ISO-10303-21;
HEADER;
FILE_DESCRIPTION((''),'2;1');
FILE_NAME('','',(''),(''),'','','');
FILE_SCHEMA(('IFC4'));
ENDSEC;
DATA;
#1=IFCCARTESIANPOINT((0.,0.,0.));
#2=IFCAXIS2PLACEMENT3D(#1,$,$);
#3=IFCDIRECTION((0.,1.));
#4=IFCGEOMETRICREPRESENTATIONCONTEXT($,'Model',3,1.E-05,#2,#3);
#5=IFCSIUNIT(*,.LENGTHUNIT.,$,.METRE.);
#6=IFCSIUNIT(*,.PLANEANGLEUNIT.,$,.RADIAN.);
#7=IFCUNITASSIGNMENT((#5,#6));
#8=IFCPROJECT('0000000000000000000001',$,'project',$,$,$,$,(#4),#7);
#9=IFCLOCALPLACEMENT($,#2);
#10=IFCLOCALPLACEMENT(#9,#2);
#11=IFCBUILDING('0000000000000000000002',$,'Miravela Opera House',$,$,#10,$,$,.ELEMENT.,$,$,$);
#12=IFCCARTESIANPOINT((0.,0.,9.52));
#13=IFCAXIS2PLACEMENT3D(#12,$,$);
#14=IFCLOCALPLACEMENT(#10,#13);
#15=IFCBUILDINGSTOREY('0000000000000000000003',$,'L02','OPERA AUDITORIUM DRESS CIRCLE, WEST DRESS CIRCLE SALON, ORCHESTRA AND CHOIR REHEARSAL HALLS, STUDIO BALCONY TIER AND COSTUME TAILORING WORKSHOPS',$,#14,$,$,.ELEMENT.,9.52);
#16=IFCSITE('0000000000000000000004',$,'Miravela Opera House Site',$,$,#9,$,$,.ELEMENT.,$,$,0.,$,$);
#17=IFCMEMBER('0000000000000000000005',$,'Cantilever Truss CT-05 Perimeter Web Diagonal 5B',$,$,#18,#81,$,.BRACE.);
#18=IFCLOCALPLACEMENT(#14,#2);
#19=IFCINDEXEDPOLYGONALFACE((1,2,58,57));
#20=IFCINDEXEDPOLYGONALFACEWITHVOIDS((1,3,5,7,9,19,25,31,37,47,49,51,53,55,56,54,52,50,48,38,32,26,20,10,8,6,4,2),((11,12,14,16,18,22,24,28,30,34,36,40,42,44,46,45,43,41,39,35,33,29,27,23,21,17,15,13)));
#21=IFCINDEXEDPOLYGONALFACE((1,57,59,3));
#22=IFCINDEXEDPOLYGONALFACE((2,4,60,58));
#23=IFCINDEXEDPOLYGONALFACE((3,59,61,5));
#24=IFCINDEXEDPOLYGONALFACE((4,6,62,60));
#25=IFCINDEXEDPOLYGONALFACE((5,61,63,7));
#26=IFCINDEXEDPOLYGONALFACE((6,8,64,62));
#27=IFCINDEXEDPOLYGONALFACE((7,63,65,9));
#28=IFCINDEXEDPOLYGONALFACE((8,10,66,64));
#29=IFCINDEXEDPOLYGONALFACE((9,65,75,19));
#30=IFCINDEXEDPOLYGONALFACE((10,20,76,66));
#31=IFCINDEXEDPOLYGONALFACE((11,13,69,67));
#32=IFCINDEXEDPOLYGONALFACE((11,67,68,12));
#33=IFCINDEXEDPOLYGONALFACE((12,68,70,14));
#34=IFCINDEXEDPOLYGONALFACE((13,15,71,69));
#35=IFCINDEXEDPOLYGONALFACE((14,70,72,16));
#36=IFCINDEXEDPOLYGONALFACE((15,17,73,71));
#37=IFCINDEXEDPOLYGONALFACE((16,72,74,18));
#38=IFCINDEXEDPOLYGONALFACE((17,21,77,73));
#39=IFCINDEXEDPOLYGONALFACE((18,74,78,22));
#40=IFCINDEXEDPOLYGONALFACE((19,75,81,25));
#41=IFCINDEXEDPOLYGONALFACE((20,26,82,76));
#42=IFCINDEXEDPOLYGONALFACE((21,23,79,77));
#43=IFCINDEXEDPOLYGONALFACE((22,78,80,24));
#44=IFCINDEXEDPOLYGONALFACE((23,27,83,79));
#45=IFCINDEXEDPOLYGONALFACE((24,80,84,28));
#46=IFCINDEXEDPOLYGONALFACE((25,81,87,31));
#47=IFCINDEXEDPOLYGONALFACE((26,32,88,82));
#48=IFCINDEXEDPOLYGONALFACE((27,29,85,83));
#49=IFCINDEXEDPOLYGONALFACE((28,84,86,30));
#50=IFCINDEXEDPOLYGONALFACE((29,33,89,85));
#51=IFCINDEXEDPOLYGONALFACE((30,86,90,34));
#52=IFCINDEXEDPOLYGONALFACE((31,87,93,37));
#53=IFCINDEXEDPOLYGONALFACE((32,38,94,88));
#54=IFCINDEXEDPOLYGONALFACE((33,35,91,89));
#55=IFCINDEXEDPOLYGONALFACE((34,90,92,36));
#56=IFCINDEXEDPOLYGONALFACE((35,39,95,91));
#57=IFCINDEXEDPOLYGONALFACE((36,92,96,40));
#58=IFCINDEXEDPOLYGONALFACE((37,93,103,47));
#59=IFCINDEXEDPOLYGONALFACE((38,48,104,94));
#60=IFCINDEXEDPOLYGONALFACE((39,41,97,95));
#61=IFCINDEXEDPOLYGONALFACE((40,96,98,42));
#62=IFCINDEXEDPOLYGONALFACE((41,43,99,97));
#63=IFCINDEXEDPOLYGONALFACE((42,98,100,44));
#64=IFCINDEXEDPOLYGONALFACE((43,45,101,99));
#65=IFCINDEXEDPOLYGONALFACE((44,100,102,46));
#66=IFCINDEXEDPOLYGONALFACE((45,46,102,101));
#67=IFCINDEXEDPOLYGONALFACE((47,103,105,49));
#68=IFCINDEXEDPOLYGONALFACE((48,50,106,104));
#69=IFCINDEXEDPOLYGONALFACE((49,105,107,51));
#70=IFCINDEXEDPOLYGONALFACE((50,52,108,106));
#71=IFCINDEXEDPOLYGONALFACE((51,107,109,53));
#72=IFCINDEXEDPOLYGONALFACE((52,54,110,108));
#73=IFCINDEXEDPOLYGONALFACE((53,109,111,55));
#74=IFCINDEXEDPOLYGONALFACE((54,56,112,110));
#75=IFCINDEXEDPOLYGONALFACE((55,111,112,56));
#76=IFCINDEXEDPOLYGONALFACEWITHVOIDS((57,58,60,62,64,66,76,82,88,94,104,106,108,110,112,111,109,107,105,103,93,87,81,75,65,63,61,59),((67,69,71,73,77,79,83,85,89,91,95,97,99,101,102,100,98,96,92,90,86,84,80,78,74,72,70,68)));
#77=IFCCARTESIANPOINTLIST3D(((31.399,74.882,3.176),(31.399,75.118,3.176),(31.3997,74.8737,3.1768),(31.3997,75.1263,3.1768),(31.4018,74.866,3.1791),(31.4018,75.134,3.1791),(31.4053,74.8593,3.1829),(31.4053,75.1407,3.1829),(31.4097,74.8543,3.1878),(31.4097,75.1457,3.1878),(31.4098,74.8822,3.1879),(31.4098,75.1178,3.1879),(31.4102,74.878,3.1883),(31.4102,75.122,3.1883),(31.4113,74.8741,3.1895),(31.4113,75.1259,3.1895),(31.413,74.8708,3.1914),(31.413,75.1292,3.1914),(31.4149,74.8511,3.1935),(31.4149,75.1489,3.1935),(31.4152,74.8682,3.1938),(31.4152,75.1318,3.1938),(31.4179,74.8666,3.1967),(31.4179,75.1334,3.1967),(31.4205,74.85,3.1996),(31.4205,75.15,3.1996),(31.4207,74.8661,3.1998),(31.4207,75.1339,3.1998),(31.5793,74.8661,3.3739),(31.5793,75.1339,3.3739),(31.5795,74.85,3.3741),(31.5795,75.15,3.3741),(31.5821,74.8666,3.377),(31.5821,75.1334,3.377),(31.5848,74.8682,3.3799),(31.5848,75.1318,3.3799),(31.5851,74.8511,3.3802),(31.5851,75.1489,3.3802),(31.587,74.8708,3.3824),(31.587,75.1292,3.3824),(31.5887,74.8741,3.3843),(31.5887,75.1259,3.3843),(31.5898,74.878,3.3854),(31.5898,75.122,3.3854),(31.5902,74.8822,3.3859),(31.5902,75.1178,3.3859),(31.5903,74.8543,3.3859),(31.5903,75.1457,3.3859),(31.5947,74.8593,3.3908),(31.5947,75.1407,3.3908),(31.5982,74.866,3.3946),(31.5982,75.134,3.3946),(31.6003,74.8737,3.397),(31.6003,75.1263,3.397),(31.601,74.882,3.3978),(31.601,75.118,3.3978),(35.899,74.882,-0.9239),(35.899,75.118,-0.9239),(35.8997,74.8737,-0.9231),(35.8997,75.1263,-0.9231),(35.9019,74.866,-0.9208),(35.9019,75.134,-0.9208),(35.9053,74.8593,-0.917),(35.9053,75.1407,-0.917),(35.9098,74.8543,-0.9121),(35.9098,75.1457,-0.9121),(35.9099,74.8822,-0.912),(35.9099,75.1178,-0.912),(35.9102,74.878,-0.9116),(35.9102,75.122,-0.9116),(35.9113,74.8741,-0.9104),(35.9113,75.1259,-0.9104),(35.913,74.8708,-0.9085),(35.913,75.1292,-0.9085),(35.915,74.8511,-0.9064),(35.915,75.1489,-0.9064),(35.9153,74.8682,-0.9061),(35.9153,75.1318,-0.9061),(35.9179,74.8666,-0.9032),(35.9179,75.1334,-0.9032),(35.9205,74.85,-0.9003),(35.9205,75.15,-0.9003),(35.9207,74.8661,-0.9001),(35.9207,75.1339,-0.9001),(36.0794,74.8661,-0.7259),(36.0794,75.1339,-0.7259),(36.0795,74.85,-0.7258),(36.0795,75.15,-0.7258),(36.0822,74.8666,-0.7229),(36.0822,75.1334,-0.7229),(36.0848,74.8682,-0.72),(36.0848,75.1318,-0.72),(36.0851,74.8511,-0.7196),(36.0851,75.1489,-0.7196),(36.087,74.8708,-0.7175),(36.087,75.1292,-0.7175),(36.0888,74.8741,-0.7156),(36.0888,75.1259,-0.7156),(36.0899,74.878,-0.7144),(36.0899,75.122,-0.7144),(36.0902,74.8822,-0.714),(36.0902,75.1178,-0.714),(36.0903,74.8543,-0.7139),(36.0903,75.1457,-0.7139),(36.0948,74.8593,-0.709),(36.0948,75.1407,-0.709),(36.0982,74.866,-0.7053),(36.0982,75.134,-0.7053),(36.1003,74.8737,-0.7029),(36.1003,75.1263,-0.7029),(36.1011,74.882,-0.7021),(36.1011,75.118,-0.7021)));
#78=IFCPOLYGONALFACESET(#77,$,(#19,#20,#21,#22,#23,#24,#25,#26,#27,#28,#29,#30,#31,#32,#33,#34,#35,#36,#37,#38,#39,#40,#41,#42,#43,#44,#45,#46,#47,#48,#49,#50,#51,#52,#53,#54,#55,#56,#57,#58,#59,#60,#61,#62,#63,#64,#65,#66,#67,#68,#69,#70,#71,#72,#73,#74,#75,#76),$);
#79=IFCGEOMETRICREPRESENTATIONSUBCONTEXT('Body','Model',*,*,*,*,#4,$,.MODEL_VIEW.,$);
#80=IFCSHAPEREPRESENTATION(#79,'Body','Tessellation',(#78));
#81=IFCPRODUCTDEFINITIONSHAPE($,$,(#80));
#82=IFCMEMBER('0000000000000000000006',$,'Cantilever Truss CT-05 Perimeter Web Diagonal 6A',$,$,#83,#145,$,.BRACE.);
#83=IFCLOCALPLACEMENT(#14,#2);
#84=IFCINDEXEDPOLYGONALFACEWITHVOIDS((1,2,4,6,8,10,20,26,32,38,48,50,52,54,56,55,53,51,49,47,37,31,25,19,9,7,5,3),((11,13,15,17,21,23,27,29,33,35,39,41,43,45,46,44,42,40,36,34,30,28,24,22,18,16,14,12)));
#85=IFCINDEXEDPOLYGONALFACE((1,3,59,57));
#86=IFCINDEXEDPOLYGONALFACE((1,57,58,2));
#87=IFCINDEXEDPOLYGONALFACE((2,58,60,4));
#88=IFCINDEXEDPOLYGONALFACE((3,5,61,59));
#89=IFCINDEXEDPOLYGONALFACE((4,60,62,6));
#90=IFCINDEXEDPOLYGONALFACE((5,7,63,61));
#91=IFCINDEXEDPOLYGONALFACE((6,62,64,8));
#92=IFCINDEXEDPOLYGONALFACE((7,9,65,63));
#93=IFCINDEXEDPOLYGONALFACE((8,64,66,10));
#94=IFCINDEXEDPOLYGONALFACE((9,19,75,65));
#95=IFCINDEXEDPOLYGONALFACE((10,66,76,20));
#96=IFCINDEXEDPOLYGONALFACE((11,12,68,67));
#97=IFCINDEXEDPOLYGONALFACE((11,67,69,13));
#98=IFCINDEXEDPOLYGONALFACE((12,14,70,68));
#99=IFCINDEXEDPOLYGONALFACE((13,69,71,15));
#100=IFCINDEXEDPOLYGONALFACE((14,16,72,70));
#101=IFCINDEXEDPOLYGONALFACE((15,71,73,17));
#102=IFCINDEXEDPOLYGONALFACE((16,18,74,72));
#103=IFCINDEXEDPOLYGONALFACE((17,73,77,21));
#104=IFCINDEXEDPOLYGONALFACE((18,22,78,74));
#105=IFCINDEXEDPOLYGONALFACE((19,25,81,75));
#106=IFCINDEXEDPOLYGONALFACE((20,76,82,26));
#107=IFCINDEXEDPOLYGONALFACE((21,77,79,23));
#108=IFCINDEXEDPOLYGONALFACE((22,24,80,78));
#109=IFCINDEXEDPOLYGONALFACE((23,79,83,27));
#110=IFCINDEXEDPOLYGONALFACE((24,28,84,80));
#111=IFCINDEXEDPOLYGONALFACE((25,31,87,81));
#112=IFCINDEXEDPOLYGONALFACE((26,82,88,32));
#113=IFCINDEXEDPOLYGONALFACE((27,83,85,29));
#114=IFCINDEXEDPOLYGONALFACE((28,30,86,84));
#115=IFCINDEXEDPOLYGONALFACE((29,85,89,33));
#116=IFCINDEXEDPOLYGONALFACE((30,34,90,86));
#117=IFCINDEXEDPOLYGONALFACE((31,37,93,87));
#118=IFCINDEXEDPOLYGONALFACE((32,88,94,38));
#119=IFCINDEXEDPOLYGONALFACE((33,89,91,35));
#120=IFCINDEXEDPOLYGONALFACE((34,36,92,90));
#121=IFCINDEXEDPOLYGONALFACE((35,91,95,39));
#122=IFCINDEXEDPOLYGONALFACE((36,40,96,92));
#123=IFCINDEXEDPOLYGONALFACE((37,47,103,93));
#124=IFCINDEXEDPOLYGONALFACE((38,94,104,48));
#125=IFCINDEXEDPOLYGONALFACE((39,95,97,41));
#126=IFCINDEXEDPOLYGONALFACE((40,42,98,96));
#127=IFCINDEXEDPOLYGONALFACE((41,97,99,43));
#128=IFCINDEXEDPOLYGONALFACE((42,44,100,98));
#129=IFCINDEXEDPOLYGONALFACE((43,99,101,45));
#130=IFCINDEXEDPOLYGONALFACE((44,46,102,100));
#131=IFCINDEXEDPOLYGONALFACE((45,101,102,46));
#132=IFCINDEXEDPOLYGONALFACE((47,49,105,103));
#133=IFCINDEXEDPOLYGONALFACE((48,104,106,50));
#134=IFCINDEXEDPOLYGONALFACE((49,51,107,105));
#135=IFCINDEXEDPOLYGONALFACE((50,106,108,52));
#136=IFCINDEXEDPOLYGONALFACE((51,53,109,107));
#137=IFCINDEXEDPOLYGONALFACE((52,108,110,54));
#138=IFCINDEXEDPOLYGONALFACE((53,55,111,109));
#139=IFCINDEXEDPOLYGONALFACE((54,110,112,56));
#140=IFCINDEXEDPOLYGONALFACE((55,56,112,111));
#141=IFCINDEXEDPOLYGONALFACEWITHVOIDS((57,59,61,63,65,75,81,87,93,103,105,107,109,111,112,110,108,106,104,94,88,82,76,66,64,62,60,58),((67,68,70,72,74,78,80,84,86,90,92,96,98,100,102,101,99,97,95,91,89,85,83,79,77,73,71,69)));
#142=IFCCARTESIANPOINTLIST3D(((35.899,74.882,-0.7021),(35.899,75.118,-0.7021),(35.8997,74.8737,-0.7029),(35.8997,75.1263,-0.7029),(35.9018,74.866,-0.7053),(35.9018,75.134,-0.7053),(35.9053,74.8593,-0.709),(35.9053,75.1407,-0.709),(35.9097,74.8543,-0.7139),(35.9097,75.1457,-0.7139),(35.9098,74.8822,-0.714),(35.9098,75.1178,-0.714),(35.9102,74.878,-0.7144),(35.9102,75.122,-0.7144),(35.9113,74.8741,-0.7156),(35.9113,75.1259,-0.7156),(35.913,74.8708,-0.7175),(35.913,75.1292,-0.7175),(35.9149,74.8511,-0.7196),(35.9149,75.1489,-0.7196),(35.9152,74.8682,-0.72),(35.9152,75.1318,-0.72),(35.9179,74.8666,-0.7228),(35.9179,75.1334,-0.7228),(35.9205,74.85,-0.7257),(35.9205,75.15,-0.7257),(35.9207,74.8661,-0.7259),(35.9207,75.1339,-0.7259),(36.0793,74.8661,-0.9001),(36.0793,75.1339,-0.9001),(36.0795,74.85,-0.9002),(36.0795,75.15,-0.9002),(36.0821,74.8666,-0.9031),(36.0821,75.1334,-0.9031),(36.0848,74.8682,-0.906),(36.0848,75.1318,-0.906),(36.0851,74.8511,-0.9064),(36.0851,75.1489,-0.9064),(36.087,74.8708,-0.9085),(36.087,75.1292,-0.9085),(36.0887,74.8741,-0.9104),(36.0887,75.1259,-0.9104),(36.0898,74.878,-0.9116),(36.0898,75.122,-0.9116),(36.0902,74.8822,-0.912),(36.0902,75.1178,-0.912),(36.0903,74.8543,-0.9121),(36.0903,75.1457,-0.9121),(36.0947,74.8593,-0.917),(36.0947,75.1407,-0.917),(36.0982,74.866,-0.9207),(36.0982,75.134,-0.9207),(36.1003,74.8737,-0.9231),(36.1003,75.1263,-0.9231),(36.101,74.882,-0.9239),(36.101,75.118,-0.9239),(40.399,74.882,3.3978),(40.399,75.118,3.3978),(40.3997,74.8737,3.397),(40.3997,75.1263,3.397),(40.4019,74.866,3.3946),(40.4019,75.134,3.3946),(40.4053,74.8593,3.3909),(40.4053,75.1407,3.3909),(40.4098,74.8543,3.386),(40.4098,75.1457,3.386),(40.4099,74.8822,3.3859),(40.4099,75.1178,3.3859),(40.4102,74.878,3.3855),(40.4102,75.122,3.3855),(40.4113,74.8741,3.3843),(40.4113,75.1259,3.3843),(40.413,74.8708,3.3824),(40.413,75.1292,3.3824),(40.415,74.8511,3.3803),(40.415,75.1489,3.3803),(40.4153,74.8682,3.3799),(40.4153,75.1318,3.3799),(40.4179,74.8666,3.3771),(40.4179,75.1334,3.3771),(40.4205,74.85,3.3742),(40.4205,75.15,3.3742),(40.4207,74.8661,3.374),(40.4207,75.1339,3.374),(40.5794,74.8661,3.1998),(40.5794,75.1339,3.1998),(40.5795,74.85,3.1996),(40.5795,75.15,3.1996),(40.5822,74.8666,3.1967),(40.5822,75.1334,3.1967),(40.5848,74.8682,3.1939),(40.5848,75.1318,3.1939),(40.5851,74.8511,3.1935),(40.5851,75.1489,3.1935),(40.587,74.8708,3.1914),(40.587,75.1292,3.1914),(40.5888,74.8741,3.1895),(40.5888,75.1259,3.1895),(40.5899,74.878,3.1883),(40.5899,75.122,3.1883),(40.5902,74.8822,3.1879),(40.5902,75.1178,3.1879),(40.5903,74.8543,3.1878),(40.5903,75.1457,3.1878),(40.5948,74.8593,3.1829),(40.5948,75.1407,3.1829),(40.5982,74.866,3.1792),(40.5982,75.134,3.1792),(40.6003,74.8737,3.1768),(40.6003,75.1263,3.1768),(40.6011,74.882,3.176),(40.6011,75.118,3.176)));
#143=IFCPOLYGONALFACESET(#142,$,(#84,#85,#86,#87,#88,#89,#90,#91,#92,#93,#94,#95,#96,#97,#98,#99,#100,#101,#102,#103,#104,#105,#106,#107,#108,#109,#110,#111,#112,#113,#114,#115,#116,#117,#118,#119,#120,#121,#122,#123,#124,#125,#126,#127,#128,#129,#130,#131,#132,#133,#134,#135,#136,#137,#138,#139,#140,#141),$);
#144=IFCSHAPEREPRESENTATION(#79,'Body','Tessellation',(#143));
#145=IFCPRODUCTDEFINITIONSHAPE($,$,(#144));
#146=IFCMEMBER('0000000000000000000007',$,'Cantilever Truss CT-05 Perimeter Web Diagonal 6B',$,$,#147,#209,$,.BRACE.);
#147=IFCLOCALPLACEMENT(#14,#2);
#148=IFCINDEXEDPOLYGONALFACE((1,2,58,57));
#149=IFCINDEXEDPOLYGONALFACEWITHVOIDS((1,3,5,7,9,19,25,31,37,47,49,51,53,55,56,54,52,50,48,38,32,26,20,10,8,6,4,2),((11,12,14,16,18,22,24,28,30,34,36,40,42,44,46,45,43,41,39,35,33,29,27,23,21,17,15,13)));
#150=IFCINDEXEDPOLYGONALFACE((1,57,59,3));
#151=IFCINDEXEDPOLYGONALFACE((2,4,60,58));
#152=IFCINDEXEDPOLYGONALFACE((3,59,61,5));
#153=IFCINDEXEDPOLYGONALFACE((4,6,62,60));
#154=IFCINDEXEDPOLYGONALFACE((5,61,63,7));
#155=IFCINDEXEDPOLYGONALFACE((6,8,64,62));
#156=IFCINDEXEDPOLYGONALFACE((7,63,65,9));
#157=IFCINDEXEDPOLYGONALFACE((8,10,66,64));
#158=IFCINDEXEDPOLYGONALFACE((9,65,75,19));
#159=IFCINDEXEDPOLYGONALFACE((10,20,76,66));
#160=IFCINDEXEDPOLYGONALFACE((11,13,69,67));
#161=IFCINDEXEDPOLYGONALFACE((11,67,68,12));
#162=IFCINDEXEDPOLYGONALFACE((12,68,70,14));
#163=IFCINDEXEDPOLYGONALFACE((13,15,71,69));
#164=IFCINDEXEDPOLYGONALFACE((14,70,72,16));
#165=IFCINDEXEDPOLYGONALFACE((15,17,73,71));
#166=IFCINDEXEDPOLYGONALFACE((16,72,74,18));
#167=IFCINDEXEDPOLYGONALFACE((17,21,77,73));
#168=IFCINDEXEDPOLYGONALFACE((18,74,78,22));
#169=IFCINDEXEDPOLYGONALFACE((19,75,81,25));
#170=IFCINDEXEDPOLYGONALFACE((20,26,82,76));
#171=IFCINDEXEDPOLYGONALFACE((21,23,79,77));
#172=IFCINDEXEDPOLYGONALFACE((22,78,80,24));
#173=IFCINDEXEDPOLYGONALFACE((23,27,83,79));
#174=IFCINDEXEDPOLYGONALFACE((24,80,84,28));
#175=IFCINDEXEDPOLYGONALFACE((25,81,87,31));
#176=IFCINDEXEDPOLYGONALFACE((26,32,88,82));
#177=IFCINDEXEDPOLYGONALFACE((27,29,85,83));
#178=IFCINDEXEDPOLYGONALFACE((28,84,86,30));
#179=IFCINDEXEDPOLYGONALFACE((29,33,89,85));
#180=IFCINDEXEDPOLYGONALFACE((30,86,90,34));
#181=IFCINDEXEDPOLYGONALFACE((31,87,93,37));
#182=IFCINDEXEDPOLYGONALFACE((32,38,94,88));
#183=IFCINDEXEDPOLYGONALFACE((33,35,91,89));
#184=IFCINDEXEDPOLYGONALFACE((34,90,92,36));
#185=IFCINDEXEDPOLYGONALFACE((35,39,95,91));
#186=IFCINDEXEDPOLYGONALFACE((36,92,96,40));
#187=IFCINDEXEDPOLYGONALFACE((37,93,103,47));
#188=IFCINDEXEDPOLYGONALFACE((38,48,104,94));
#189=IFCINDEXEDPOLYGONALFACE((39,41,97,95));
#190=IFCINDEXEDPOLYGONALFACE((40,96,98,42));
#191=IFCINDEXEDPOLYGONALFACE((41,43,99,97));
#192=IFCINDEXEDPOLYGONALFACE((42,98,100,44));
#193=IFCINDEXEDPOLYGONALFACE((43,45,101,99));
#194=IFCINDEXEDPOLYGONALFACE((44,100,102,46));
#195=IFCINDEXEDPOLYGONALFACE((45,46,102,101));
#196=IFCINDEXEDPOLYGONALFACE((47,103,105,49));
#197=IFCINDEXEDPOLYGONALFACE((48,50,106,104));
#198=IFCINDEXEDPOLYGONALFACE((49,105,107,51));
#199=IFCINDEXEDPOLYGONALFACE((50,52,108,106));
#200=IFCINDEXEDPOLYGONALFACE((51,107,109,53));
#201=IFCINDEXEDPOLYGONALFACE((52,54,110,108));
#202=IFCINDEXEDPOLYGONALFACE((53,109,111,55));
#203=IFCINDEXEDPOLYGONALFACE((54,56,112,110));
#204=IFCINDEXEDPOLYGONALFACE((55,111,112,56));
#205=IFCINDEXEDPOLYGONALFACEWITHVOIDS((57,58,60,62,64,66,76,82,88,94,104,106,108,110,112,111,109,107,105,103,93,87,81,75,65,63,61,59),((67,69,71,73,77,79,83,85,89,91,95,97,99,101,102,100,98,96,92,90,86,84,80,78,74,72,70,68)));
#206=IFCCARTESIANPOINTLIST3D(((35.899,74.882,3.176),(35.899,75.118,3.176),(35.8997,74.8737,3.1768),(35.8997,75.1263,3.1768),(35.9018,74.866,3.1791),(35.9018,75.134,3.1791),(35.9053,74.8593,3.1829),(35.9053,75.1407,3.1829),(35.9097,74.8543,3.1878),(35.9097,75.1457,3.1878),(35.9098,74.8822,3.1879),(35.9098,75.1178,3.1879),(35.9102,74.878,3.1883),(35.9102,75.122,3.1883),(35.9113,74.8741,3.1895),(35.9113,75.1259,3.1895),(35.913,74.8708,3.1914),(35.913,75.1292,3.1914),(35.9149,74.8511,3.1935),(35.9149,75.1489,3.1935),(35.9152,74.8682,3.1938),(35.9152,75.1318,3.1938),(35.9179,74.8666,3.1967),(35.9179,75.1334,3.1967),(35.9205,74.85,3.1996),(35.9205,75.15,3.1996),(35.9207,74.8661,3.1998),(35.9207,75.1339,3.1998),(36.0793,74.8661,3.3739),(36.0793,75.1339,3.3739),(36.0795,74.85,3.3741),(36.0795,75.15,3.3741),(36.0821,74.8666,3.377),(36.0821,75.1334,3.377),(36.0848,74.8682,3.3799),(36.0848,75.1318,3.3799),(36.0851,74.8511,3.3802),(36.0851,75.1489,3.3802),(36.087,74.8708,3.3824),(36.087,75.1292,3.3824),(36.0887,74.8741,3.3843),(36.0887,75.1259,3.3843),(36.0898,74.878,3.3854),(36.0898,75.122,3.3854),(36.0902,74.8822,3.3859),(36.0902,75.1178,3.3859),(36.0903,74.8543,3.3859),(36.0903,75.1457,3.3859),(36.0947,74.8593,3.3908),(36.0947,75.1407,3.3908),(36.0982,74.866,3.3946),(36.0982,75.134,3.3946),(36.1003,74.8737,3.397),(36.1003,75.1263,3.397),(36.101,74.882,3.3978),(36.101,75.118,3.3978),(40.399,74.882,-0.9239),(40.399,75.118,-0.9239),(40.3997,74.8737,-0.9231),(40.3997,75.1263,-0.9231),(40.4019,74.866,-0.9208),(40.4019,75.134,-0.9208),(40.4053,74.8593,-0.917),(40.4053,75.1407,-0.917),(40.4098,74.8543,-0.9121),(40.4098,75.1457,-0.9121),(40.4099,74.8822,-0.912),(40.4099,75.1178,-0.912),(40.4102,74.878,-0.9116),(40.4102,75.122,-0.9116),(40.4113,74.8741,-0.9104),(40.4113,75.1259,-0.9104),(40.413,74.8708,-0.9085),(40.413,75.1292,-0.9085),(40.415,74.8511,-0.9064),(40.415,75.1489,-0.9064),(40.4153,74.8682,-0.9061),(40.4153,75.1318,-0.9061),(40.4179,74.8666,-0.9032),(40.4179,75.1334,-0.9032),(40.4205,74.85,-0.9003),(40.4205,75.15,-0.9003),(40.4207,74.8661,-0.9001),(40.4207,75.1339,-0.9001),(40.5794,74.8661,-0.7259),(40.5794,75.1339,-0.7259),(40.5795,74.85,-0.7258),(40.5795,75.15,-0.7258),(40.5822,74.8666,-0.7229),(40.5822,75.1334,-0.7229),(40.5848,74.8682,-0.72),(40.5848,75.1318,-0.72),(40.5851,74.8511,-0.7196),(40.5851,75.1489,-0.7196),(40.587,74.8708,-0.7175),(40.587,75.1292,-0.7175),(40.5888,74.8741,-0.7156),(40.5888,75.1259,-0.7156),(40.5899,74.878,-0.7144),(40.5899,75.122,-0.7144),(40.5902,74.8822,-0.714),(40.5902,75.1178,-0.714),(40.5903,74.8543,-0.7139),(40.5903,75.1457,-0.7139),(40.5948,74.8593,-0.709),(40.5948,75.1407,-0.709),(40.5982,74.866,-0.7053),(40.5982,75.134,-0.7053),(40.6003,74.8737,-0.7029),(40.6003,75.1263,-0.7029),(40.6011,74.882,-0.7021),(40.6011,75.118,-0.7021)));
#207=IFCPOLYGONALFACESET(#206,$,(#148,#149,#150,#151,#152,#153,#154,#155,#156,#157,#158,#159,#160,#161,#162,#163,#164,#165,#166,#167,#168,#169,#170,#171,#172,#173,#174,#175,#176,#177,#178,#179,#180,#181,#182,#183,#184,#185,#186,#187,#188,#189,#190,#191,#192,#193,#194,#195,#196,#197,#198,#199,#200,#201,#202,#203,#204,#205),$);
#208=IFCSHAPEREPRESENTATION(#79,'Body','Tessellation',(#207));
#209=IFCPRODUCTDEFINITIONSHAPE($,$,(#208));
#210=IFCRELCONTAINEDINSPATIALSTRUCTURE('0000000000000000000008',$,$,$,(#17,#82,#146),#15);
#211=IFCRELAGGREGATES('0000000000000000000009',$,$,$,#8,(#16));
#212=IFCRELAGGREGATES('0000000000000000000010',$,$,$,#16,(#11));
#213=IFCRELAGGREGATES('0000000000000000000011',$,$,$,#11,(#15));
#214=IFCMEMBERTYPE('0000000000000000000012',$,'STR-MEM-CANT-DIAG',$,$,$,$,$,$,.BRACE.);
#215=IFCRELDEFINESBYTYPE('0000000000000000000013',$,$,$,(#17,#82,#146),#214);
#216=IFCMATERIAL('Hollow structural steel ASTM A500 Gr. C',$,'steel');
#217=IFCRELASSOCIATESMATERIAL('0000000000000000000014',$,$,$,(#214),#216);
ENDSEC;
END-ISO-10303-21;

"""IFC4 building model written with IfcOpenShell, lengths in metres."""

from ifc_helpers import new_model, si_unit, direction, frame, origin, origin_2d, place, context, subcontext, project, spatial, hollow_rectangle, extrude, material, material_profile, profile_set, type_object, element, save


model = new_model("IFC4")

# Units and contexts
model_context = context("Model", 3, precision=1e-05, world=origin(), true_north=direction((0.0, 1.0)))
body_context = subcontext(model_context, "Body", "Model", "MODEL_VIEW")
ifc_project = project(units=[si_unit("LENGTHUNIT", "METRE"), si_unit("PLANEANGLEUNIT", "RADIAN")], contexts=[model_context])

# Site, building, storey
site_placement = place(None, origin())
site = spatial("IfcSite", under=ifc_project, at=site_placement, Name="Miravela Opera House Site", CompositionType="ELEMENT", RefElevation=0.0)
building_placement = place(site_placement, origin())
building = spatial("IfcBuilding", under=site, at=building_placement, Name="Miravela Opera House", CompositionType="ELEMENT")
storey_placement = place(building_placement, frame((0.0, 0.0, 9.52)))
storey = spatial("IfcBuildingStorey", under=building, at=storey_placement, Name="L02", Description="OPERA AUDITORIUM DRESS CIRCLE, WEST DRESS CIRCLE SALON, ORCHESTRA AND CHOIR REHEARSAL HALLS, STUDIO BALCONY TIER AND COSTUME TAILORING WORKSHOPS", CompositionType="ELEMENT", Elevation=9.52)

# Members
ifc_material_1 = material(Name="Hollow structural steel ASTM A500 Gr. C", Category="steel")
ifc_material_profile_1 = material_profile(ifc_material_1, hollow_rectangle(XDim=0.3, YDim=0.3, WallThickness=0.0161, InnerFilletRadius=0.0161, OuterFilletRadius=0.032, at=origin_2d()), Name="HSS300X300X16")
ifc_profile_set_1 = profile_set([ifc_material_profile_1])
member_type_1 = type_object("IfcMemberType", Name="STR-MEM-CANT-DIAG", PredefinedType="BRACE", material=ifc_profile_set_1)
for number, where, z_axis, x_axis, name in (
    (1, (31.5, 75.0, 3.2869), (0.739208, 0.0, -0.673477), (0.0, 1.0, 0.0), "Cantilever Truss CT-05 Perimeter Web Diagonal 5B"),
    (2, (36.0, 75.0, -0.813), (0.739208, 0.0, 0.673477), (0.0, 1.0, 0.0), "Cantilever Truss CT-05 Perimeter Web Diagonal 6A"),
    (3, (36.0, 75.0, 3.2869), (0.739208, 0.0, -0.673477), (0.0, 1.0, 0.0), "Cantilever Truss CT-05 Perimeter Web Diagonal 6B"),
):
    element("IfcMember", number, at=place(storey_placement, frame(where, z_axis=z_axis, x_axis=x_axis)), inside=storey, type_object=member_type_1, Name=name, PredefinedType="BRACE", context=body_context, shape_type="SweptSolid", body=[
        extrude(hollow_rectangle(XDim=0.3, YDim=0.3, WallThickness=0.0161, InnerFilletRadius=0.0161, OuterFilletRadius=0.032, at=origin_2d()), origin(), (0.0, 0.0, 1.0), 6.0876),
    ])

save(model, "model.ifc")
